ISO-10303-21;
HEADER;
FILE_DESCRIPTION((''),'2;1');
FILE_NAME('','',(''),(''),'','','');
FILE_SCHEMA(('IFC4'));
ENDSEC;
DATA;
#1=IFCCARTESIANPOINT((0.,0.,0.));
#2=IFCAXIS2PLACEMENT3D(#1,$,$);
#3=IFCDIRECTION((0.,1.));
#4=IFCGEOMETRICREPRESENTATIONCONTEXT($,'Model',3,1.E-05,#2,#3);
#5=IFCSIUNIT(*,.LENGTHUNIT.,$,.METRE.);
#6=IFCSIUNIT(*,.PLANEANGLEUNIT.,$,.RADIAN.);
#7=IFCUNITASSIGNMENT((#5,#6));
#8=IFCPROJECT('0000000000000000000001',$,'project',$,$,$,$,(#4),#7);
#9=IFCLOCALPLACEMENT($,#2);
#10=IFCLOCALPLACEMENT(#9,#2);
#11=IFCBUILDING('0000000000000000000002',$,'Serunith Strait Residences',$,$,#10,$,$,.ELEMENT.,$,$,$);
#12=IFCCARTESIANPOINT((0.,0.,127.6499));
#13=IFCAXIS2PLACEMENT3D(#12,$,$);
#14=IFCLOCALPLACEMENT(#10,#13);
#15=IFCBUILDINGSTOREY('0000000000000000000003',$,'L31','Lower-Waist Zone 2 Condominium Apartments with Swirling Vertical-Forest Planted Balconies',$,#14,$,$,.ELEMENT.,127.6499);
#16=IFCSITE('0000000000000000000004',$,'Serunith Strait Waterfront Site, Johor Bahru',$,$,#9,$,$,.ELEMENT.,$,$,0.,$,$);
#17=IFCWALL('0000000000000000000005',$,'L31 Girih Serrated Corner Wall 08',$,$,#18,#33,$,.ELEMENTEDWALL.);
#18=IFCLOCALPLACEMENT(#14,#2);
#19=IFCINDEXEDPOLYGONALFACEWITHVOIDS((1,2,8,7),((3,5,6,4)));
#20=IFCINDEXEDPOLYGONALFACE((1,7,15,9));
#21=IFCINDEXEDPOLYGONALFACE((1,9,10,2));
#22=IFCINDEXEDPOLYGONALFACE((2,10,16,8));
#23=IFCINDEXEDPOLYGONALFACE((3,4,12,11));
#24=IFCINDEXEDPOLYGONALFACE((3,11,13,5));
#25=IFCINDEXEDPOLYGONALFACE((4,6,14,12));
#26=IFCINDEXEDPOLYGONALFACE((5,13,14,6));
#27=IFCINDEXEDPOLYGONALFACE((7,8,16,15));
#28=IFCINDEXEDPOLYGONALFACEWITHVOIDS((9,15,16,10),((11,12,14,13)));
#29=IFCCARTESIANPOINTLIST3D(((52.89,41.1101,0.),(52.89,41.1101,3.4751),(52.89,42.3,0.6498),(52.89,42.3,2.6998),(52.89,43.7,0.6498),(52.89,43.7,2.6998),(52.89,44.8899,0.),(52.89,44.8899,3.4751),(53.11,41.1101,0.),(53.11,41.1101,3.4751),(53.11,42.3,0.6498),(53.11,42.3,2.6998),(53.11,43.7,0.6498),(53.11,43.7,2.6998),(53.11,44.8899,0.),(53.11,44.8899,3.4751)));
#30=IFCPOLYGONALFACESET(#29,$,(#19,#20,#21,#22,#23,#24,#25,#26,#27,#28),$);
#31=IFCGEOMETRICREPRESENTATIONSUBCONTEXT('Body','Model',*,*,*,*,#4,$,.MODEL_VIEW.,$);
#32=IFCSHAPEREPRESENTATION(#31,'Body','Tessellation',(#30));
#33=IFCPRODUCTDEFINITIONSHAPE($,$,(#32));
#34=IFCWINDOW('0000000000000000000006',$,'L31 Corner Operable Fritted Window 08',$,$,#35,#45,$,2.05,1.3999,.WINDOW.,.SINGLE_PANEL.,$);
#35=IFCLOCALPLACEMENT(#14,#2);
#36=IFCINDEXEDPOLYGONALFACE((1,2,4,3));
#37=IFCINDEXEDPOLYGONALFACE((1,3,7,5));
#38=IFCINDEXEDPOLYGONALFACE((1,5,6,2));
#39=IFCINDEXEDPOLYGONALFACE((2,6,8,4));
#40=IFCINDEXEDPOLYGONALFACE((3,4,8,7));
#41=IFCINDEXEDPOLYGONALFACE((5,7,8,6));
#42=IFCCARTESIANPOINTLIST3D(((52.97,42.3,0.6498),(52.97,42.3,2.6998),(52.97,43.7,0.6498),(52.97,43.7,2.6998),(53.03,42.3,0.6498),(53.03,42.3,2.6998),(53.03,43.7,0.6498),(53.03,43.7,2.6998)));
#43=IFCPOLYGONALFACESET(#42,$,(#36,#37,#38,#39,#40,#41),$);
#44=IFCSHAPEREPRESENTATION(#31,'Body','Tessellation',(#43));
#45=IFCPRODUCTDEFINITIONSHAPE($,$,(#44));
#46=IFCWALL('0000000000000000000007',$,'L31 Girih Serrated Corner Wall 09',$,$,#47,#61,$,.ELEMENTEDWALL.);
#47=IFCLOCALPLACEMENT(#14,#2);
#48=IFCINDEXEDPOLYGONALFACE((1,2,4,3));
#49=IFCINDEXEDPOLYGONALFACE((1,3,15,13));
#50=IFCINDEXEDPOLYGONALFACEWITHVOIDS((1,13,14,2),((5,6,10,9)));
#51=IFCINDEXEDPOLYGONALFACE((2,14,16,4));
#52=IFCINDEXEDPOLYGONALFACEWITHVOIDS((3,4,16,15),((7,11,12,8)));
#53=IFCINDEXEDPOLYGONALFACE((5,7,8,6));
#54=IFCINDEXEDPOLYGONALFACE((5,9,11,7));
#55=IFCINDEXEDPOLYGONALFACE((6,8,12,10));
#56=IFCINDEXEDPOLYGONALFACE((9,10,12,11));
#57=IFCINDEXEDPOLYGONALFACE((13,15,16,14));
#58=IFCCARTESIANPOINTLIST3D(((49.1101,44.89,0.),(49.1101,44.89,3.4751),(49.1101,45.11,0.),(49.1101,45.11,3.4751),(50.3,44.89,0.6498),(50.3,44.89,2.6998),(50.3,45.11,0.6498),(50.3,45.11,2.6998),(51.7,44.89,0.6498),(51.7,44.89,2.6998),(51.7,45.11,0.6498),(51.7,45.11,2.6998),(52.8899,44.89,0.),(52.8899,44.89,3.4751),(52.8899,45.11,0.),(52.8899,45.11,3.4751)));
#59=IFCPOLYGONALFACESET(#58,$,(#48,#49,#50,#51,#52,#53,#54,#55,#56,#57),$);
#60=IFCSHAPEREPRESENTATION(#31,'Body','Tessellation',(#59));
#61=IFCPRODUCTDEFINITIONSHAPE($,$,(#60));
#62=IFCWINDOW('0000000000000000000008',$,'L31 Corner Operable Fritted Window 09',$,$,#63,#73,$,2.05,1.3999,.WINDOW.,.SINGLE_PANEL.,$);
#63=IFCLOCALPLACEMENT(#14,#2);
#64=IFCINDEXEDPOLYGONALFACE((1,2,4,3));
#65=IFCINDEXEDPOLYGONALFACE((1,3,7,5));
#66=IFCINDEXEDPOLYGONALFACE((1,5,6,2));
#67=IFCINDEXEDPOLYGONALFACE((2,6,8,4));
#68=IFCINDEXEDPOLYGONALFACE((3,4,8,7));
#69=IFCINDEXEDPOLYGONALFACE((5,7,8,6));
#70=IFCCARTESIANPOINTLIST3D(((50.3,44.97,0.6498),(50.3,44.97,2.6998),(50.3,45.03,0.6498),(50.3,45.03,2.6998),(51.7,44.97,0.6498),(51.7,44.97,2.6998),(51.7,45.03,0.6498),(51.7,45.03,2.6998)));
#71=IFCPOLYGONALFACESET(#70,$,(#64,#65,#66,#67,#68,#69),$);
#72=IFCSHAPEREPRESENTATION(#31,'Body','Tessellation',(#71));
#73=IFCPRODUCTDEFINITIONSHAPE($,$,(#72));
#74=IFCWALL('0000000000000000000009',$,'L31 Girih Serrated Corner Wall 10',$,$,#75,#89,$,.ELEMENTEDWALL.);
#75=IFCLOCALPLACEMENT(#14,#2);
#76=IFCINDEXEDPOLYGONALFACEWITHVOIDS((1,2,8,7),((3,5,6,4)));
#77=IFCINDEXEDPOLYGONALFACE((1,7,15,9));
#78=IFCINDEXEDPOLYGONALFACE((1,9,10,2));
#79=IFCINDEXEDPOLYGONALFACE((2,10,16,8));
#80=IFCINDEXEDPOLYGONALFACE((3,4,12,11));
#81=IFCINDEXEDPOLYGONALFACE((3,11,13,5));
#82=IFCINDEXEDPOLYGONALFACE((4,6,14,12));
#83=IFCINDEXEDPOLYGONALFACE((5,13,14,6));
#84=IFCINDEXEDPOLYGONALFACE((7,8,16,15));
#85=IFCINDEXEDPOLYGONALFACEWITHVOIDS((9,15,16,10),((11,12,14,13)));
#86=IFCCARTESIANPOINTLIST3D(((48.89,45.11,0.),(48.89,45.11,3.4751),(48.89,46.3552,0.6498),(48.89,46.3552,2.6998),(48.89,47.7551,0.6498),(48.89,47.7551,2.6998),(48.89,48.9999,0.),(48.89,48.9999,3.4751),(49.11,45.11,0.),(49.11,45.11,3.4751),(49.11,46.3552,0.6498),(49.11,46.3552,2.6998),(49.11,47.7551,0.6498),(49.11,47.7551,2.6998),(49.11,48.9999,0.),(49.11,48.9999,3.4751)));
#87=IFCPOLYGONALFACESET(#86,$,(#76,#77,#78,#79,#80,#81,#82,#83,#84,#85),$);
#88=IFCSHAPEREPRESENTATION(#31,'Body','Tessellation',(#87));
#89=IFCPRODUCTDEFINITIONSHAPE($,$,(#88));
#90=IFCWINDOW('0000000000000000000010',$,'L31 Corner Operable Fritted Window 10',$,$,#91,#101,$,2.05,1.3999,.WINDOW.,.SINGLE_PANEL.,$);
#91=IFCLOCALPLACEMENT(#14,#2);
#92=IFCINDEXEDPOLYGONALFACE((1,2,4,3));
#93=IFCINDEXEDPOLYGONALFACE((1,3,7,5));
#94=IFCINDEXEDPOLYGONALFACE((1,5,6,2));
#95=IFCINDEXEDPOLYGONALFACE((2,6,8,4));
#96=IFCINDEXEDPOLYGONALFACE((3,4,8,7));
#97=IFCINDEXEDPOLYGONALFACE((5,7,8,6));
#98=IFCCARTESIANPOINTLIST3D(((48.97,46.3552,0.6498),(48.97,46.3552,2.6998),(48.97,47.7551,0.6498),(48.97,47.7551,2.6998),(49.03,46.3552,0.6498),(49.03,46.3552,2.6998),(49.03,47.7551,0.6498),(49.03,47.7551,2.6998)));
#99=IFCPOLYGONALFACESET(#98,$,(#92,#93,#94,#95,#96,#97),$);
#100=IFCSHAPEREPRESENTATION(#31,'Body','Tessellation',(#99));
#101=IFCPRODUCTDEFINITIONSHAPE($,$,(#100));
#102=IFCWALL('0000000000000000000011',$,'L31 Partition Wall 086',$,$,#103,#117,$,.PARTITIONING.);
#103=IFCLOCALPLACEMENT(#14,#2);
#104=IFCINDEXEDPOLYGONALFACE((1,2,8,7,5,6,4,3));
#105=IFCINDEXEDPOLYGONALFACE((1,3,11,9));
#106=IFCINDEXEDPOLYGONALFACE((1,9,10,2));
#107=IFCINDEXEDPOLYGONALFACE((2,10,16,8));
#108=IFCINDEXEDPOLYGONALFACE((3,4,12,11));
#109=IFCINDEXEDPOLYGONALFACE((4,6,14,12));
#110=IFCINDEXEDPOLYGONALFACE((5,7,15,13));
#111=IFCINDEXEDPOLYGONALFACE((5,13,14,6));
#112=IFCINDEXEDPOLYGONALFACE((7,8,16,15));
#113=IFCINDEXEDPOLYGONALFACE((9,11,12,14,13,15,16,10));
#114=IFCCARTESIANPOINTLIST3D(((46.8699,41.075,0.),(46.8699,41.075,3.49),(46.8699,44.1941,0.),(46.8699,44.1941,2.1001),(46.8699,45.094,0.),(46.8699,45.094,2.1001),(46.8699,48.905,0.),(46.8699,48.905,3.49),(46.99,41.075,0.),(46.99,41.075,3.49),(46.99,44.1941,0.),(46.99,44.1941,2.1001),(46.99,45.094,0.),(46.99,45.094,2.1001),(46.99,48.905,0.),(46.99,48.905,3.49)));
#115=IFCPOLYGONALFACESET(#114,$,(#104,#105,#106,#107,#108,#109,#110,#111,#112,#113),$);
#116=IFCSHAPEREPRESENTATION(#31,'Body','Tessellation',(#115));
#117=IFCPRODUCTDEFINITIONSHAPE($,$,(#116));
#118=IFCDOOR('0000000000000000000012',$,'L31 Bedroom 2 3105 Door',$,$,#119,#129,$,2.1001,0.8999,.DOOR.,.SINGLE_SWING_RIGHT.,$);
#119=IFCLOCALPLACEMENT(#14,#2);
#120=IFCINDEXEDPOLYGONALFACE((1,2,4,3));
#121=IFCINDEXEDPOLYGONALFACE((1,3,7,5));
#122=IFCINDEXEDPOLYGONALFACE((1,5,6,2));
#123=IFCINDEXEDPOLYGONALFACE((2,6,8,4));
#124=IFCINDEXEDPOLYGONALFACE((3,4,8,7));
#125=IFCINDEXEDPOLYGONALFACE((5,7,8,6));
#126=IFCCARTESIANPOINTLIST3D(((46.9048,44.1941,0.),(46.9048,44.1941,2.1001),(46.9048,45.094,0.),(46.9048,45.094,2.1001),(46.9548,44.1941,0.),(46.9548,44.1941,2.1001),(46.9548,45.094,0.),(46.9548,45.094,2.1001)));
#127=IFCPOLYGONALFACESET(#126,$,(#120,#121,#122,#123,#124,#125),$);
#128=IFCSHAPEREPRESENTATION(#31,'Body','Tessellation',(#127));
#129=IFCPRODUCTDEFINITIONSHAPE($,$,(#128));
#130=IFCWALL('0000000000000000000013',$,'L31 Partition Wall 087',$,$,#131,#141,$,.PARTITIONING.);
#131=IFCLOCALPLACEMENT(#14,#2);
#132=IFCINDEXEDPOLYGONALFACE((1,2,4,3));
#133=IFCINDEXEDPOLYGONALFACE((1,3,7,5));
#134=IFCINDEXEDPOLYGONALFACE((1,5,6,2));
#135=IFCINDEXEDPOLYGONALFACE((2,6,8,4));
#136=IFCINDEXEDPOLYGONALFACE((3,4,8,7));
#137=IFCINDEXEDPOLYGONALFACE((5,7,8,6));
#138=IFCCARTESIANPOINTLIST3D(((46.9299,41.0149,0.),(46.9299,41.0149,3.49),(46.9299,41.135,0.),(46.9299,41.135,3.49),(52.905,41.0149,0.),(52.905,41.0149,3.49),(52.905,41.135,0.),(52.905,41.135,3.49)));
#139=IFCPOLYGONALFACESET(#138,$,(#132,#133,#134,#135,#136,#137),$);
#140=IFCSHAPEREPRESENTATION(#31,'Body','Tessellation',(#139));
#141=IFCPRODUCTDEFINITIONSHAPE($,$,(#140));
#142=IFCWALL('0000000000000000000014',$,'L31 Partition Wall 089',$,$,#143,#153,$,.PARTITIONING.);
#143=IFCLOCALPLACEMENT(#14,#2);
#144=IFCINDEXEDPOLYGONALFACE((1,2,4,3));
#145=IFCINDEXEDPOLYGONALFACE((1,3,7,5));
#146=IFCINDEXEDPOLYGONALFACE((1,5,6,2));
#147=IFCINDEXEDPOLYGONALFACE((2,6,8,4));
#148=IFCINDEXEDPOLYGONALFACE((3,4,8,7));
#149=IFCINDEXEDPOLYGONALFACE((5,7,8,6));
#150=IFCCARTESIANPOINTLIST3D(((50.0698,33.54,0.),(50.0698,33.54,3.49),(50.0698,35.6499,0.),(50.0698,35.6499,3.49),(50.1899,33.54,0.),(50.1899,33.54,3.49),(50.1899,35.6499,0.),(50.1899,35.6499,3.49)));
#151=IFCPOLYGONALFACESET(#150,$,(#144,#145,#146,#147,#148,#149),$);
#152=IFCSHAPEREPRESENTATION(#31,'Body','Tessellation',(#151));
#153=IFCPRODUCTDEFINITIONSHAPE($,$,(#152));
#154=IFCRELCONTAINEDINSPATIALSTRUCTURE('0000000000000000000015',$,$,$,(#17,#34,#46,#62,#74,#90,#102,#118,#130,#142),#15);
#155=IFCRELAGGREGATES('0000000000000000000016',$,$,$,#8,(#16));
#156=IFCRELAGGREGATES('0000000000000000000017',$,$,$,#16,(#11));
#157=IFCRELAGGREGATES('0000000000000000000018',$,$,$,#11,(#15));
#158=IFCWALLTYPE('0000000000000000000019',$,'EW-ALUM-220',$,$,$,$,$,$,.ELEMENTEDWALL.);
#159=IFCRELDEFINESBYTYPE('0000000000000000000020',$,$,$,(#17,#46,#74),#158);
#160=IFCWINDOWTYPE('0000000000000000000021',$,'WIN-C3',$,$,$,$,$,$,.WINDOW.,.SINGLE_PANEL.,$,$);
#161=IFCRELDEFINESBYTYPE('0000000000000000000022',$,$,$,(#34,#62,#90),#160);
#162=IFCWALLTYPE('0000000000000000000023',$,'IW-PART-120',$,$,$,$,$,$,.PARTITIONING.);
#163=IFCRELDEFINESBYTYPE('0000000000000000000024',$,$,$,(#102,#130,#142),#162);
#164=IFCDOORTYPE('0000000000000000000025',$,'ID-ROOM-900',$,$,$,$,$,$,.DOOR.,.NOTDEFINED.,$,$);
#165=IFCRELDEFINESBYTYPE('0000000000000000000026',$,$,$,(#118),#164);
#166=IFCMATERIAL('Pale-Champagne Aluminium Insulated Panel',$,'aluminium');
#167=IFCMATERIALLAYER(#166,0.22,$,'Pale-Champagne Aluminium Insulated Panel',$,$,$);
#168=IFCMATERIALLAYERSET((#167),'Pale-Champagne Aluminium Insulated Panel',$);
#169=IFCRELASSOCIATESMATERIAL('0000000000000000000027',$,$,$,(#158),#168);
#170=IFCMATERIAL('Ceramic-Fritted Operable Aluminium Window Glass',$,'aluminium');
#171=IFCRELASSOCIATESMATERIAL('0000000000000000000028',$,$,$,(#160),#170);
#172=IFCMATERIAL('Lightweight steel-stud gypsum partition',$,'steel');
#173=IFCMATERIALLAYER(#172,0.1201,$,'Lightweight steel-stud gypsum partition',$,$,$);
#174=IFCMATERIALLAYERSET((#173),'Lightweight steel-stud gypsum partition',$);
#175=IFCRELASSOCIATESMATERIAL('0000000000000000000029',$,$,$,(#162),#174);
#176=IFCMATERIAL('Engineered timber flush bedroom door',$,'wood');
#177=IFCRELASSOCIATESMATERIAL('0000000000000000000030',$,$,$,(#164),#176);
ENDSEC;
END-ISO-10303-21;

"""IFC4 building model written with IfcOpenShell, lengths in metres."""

from ifc_helpers import new_model, si_unit, direction, frame, frame_2d, origin, place, context, subcontext, project, spatial, rectangle, extrude, source, transform, mapped, material, layer, layer_set, type_object, element, fill, save


model = new_model("IFC4")

# Units and contexts
model_context = context("Model", 3, precision=1e-05, world=origin(), true_north=direction((0.0, 1.0)))
body_context = subcontext(model_context, "Body", "Model", "MODEL_VIEW")
ifc_project = project(units=[si_unit("LENGTHUNIT", "METRE"), si_unit("PLANEANGLEUNIT", "RADIAN")], contexts=[model_context])

# Site, building, storey
site_placement = place(None, origin())
site = spatial("IfcSite", under=ifc_project, at=site_placement, Name="Serunith Strait Waterfront Site, Johor Bahru", CompositionType="ELEMENT", RefElevation=0.0)
building_placement = place(site_placement, origin())
building = spatial("IfcBuilding", under=site, at=building_placement, Name="Serunith Strait Residences", CompositionType="ELEMENT")
storey_placement = place(building_placement, frame((0.0, 0.0, 127.6499)))
storey = spatial("IfcBuildingStorey", under=building, at=storey_placement, Name="L31", Description="Lower-Waist Zone 2 Condominium Apartments with Swirling Vertical-Forest Planted Balconies", CompositionType="ELEMENT", Elevation=127.6499)

# Walls, openings, windows
ifc_material_1 = material(Name="Pale-Champagne Aluminium Insulated Panel", Category="aluminium")
ifc_layer_1 = layer(ifc_material_1, 0.22, Name="Pale-Champagne Aluminium Insulated Panel")
ifc_layer_set_1 = layer_set([ifc_layer_1], Name="Pale-Champagne Aluminium Insulated Panel")
wall_type_1 = type_object("IfcWallType", Name="EW-ALUM-220", PredefinedType="ELEMENTEDWALL", material=ifc_layer_set_1)
ifc_material_2 = material(Name="Ceramic-Fritted Operable Aluminium Window Glass", Category="aluminium")
window_type = type_object("IfcWindowType", Name="WIN-C3", PartitioningType="SINGLE_PANEL", PredefinedType="WINDOW", material=ifc_material_2)
shared_shape_1 = source(origin(), body_context, "Body", "SweptSolid", [
    extrude(rectangle(XDim=1.3999, YDim=2.05, at=frame_2d((0.7, 1.0249))), frame((0.0, 0.03, 0.0), z_axis=(0.0, -1.0, 0.0), x_axis=(1.0, 0.0, 0.0)), (0.0, 0.0, 1.0), 0.0601),
])
wall_1_placement = place(storey_placement, frame((53.0, 41.1101, 0.0), z_axis=(0.0, 0.0, 1.0), x_axis=(0.0, 1.0, 0.0)))
wall_1 = element("IfcWall", 1, at=wall_1_placement, inside=storey, type_object=wall_type_1, Name="L31 Girih Serrated Corner Wall 08", PredefinedType="ELEMENTEDWALL", context=body_context, shape_type="SweptSolid", body=[
    extrude(rectangle(XDim=3.7798, YDim=0.22, at=frame_2d((1.8899, 0.0))), origin(), (0.0, 0.0, 1.0), 3.4751),
])
opening_1_placement = place(wall_1_placement, frame((1.1899, 0.0, 0.6499)))
opening_1 = element("IfcOpeningElement", 2, at=opening_1_placement, cuts=wall_1, PredefinedType="OPENING", context=body_context, shape_type="SweptSolid", body=[
    extrude(rectangle(XDim=1.3999, YDim=2.05, at=frame_2d((0.7, 1.0249))), frame((0.0, 0.1201, 0.0), z_axis=(0.0, -1.0, 0.0), x_axis=(1.0, 0.0, 0.0)), (0.0, 0.0, 1.0), 0.24),
])
window_1_placement = place(opening_1_placement, origin())
window_1 = element("IfcWindow", 3, at=window_1_placement, inside=storey, type_object=window_type, Name="L31 Corner Operable Fritted Window 08", OverallHeight=2.05, OverallWidth=1.3999, PartitioningType="SINGLE_PANEL", PredefinedType="WINDOW", context=body_context, shape_type="MappedRepresentation", body=[
    mapped(shared_shape_1, transform((0.0, 0.0, 0.0), scale=1.0)),
])
fill(opening_1, window_1)
wall_2_placement = place(storey_placement, frame((52.8899, 45.0, 0.0), z_axis=(0.0, 0.0, 1.0), x_axis=(-1.0, 0.0, 0.0)))
wall_2 = element("IfcWall", 4, at=wall_2_placement, inside=storey, type_object=wall_type_1, Name="L31 Girih Serrated Corner Wall 09", PredefinedType="ELEMENTEDWALL", context=body_context, shape_type="SweptSolid", body=[
    extrude(rectangle(XDim=3.7798, YDim=0.22, at=frame_2d((1.8899, 0.0))), origin(), (0.0, 0.0, 1.0), 3.4751),
])
opening_2_placement = place(wall_2_placement, frame((1.1899, 0.0, 0.6499)))
opening_2 = element("IfcOpeningElement", 5, at=opening_2_placement, cuts=wall_2, PredefinedType="OPENING", context=body_context, shape_type="SweptSolid", body=[
    extrude(rectangle(XDim=1.3999, YDim=2.05, at=frame_2d((0.7, 1.0249))), frame((0.0, 0.1201, 0.0), z_axis=(0.0, -1.0, 0.0), x_axis=(1.0, 0.0, 0.0)), (0.0, 0.0, 1.0), 0.24),
])
window_2_placement = place(opening_2_placement, origin())
window_2 = element("IfcWindow", 6, at=window_2_placement, inside=storey, type_object=window_type, Name="L31 Corner Operable Fritted Window 09", OverallHeight=2.05, OverallWidth=1.3999, PartitioningType="SINGLE_PANEL", PredefinedType="WINDOW", context=body_context, shape_type="MappedRepresentation", body=[
    mapped(shared_shape_1, transform((0.0, 0.0, 0.0), scale=1.0)),
])
fill(opening_2, window_2)
wall_3_placement = place(storey_placement, frame((49.0, 45.1101, 0.0), z_axis=(0.0, 0.0, 1.0), x_axis=(0.0, 1.0, 0.0)))
wall_3 = element("IfcWall", 7, at=wall_3_placement, inside=storey, type_object=wall_type_1, Name="L31 Girih Serrated Corner Wall 10", PredefinedType="ELEMENTEDWALL", context=body_context, shape_type="SweptSolid", body=[
    extrude(rectangle(XDim=3.8899, YDim=0.22, at=frame_2d((1.9448, 0.0))), origin(), (0.0, 0.0, 1.0), 3.4751),
])
opening_3_placement = place(wall_3_placement, frame((1.2451, 0.0, 0.6499)))
opening_3 = element("IfcOpeningElement", 8, at=opening_3_placement, cuts=wall_3, PredefinedType="OPENING", context=body_context, shape_type="SweptSolid", body=[
    extrude(rectangle(XDim=1.3999, YDim=2.05, at=frame_2d((0.7, 1.0249))), frame((0.0, 0.1201, 0.0), z_axis=(0.0, -1.0, 0.0), x_axis=(1.0, 0.0, 0.0)), (0.0, 0.0, 1.0), 0.24),
])
window_3_placement = place(opening_3_placement, origin())
window_3 = element("IfcWindow", 9, at=window_3_placement, inside=storey, type_object=window_type, Name="L31 Corner Operable Fritted Window 10", OverallHeight=2.05, OverallWidth=1.3999, PartitioningType="SINGLE_PANEL", PredefinedType="WINDOW", context=body_context, shape_type="MappedRepresentation", body=[
    mapped(shared_shape_1, transform((0.0, 0.0, 0.0), scale=1.0)),
])
fill(opening_3, window_3)

# Wall, opening, door
ifc_material_3 = material(Name="Lightweight steel-stud gypsum partition", Category="steel")
ifc_layer_2 = layer(ifc_material_3, 0.1201, Name="Lightweight steel-stud gypsum partition")
ifc_layer_set_2 = layer_set([ifc_layer_2], Name="Lightweight steel-stud gypsum partition")
wall_type_2 = type_object("IfcWallType", Name="IW-PART-120", PredefinedType="PARTITIONING", material=ifc_layer_set_2)
wall_4_placement = place(storey_placement, frame((46.9299, 48.905, 0.0), z_axis=(0.0, 0.0, 1.0), x_axis=(0.0, -1.0, 0.0)))
wall_4 = element("IfcWall", 10, at=wall_4_placement, inside=storey, type_object=wall_type_2, Name="L31 Partition Wall 086", PredefinedType="PARTITIONING", context=body_context, shape_type="SweptSolid", body=[
    extrude(rectangle(XDim=7.8301, YDim=0.1201, at=frame_2d((3.915, 0.0))), origin(), (0.0, 0.0, 1.0), 3.49),
])
opening_4_placement = place(wall_4_placement, frame((3.811, 0.0, 0.0)))
opening_4 = element("IfcOpeningElement", 11, at=opening_4_placement, cuts=wall_4, PredefinedType="OPENING", context=body_context, shape_type="SweptSolid", body=[
    extrude(rectangle(XDim=0.8999, YDim=2.1001, at=frame_2d((0.45, 1.05))), frame((0.0, 0.0701, 0.0), z_axis=(0.0, -1.0, 0.0), x_axis=(1.0, 0.0, 0.0)), (0.0, 0.0, 1.0), 0.1401),
])
ifc_material_4 = material(Name="Engineered timber flush bedroom door", Category="wood")
door_type_1 = type_object("IfcDoorType", Name="ID-ROOM-900", OperationType="NOTDEFINED", PredefinedType="DOOR", material=ifc_material_4)
shared_shape_2 = source(origin(), body_context, "Body", "SweptSolid", [
    extrude(rectangle(XDim=0.8999, YDim=2.1001, at=frame_2d((0.45, 1.05))), frame((0.0, 0.0249, 0.0), z_axis=(0.0, -1.0, 0.0), x_axis=(1.0, 0.0, 0.0)), (0.0, 0.0, 1.0), 0.05),
])
door_1_placement = place(opening_4_placement, origin())
door_1 = element("IfcDoor", 12, at=door_1_placement, inside=storey, type_object=door_type_1, Name="L31 Bedroom 2 3105 Door", OperationType="SINGLE_SWING_RIGHT", OverallHeight=2.1001, OverallWidth=0.8999, PredefinedType="DOOR", context=body_context, shape_type="MappedRepresentation", body=[
    mapped(shared_shape_2, transform((0.0, 0.0, 0.0), scale=1.0)),
])
fill(opening_4, door_1)

# Walls
wall_5_placement = place(storey_placement, frame((46.9299, 41.075, 0.0), z_axis=(0.0, 0.0, 1.0), x_axis=(1.0, 0.0, 0.0)))
element("IfcWall", 13, at=wall_5_placement, inside=storey, type_object=wall_type_2, Name="L31 Partition Wall 087", PredefinedType="PARTITIONING", context=body_context, shape_type="SweptSolid", body=[
    extrude(rectangle(XDim=5.9751, YDim=0.1201, at=frame_2d((2.9875, 0.0))), origin(), (0.0, 0.0, 1.0), 3.49),
])
wall_6_placement = place(storey_placement, frame((50.1299, 35.6499, 0.0), z_axis=(0.0, 0.0, 1.0), x_axis=(0.0, -1.0, 0.0)))
element("IfcWall", 14, at=wall_6_placement, inside=storey, type_object=wall_type_2, Name="L31 Partition Wall 089", PredefinedType="PARTITIONING", context=body_context, shape_type="SweptSolid", body=[
    extrude(rectangle(XDim=2.1099, YDim=0.1201, at=frame_2d((1.0549, 0.0))), origin(), (0.0, 0.0, 1.0), 3.49),
])

save(model, "model.ifc")
